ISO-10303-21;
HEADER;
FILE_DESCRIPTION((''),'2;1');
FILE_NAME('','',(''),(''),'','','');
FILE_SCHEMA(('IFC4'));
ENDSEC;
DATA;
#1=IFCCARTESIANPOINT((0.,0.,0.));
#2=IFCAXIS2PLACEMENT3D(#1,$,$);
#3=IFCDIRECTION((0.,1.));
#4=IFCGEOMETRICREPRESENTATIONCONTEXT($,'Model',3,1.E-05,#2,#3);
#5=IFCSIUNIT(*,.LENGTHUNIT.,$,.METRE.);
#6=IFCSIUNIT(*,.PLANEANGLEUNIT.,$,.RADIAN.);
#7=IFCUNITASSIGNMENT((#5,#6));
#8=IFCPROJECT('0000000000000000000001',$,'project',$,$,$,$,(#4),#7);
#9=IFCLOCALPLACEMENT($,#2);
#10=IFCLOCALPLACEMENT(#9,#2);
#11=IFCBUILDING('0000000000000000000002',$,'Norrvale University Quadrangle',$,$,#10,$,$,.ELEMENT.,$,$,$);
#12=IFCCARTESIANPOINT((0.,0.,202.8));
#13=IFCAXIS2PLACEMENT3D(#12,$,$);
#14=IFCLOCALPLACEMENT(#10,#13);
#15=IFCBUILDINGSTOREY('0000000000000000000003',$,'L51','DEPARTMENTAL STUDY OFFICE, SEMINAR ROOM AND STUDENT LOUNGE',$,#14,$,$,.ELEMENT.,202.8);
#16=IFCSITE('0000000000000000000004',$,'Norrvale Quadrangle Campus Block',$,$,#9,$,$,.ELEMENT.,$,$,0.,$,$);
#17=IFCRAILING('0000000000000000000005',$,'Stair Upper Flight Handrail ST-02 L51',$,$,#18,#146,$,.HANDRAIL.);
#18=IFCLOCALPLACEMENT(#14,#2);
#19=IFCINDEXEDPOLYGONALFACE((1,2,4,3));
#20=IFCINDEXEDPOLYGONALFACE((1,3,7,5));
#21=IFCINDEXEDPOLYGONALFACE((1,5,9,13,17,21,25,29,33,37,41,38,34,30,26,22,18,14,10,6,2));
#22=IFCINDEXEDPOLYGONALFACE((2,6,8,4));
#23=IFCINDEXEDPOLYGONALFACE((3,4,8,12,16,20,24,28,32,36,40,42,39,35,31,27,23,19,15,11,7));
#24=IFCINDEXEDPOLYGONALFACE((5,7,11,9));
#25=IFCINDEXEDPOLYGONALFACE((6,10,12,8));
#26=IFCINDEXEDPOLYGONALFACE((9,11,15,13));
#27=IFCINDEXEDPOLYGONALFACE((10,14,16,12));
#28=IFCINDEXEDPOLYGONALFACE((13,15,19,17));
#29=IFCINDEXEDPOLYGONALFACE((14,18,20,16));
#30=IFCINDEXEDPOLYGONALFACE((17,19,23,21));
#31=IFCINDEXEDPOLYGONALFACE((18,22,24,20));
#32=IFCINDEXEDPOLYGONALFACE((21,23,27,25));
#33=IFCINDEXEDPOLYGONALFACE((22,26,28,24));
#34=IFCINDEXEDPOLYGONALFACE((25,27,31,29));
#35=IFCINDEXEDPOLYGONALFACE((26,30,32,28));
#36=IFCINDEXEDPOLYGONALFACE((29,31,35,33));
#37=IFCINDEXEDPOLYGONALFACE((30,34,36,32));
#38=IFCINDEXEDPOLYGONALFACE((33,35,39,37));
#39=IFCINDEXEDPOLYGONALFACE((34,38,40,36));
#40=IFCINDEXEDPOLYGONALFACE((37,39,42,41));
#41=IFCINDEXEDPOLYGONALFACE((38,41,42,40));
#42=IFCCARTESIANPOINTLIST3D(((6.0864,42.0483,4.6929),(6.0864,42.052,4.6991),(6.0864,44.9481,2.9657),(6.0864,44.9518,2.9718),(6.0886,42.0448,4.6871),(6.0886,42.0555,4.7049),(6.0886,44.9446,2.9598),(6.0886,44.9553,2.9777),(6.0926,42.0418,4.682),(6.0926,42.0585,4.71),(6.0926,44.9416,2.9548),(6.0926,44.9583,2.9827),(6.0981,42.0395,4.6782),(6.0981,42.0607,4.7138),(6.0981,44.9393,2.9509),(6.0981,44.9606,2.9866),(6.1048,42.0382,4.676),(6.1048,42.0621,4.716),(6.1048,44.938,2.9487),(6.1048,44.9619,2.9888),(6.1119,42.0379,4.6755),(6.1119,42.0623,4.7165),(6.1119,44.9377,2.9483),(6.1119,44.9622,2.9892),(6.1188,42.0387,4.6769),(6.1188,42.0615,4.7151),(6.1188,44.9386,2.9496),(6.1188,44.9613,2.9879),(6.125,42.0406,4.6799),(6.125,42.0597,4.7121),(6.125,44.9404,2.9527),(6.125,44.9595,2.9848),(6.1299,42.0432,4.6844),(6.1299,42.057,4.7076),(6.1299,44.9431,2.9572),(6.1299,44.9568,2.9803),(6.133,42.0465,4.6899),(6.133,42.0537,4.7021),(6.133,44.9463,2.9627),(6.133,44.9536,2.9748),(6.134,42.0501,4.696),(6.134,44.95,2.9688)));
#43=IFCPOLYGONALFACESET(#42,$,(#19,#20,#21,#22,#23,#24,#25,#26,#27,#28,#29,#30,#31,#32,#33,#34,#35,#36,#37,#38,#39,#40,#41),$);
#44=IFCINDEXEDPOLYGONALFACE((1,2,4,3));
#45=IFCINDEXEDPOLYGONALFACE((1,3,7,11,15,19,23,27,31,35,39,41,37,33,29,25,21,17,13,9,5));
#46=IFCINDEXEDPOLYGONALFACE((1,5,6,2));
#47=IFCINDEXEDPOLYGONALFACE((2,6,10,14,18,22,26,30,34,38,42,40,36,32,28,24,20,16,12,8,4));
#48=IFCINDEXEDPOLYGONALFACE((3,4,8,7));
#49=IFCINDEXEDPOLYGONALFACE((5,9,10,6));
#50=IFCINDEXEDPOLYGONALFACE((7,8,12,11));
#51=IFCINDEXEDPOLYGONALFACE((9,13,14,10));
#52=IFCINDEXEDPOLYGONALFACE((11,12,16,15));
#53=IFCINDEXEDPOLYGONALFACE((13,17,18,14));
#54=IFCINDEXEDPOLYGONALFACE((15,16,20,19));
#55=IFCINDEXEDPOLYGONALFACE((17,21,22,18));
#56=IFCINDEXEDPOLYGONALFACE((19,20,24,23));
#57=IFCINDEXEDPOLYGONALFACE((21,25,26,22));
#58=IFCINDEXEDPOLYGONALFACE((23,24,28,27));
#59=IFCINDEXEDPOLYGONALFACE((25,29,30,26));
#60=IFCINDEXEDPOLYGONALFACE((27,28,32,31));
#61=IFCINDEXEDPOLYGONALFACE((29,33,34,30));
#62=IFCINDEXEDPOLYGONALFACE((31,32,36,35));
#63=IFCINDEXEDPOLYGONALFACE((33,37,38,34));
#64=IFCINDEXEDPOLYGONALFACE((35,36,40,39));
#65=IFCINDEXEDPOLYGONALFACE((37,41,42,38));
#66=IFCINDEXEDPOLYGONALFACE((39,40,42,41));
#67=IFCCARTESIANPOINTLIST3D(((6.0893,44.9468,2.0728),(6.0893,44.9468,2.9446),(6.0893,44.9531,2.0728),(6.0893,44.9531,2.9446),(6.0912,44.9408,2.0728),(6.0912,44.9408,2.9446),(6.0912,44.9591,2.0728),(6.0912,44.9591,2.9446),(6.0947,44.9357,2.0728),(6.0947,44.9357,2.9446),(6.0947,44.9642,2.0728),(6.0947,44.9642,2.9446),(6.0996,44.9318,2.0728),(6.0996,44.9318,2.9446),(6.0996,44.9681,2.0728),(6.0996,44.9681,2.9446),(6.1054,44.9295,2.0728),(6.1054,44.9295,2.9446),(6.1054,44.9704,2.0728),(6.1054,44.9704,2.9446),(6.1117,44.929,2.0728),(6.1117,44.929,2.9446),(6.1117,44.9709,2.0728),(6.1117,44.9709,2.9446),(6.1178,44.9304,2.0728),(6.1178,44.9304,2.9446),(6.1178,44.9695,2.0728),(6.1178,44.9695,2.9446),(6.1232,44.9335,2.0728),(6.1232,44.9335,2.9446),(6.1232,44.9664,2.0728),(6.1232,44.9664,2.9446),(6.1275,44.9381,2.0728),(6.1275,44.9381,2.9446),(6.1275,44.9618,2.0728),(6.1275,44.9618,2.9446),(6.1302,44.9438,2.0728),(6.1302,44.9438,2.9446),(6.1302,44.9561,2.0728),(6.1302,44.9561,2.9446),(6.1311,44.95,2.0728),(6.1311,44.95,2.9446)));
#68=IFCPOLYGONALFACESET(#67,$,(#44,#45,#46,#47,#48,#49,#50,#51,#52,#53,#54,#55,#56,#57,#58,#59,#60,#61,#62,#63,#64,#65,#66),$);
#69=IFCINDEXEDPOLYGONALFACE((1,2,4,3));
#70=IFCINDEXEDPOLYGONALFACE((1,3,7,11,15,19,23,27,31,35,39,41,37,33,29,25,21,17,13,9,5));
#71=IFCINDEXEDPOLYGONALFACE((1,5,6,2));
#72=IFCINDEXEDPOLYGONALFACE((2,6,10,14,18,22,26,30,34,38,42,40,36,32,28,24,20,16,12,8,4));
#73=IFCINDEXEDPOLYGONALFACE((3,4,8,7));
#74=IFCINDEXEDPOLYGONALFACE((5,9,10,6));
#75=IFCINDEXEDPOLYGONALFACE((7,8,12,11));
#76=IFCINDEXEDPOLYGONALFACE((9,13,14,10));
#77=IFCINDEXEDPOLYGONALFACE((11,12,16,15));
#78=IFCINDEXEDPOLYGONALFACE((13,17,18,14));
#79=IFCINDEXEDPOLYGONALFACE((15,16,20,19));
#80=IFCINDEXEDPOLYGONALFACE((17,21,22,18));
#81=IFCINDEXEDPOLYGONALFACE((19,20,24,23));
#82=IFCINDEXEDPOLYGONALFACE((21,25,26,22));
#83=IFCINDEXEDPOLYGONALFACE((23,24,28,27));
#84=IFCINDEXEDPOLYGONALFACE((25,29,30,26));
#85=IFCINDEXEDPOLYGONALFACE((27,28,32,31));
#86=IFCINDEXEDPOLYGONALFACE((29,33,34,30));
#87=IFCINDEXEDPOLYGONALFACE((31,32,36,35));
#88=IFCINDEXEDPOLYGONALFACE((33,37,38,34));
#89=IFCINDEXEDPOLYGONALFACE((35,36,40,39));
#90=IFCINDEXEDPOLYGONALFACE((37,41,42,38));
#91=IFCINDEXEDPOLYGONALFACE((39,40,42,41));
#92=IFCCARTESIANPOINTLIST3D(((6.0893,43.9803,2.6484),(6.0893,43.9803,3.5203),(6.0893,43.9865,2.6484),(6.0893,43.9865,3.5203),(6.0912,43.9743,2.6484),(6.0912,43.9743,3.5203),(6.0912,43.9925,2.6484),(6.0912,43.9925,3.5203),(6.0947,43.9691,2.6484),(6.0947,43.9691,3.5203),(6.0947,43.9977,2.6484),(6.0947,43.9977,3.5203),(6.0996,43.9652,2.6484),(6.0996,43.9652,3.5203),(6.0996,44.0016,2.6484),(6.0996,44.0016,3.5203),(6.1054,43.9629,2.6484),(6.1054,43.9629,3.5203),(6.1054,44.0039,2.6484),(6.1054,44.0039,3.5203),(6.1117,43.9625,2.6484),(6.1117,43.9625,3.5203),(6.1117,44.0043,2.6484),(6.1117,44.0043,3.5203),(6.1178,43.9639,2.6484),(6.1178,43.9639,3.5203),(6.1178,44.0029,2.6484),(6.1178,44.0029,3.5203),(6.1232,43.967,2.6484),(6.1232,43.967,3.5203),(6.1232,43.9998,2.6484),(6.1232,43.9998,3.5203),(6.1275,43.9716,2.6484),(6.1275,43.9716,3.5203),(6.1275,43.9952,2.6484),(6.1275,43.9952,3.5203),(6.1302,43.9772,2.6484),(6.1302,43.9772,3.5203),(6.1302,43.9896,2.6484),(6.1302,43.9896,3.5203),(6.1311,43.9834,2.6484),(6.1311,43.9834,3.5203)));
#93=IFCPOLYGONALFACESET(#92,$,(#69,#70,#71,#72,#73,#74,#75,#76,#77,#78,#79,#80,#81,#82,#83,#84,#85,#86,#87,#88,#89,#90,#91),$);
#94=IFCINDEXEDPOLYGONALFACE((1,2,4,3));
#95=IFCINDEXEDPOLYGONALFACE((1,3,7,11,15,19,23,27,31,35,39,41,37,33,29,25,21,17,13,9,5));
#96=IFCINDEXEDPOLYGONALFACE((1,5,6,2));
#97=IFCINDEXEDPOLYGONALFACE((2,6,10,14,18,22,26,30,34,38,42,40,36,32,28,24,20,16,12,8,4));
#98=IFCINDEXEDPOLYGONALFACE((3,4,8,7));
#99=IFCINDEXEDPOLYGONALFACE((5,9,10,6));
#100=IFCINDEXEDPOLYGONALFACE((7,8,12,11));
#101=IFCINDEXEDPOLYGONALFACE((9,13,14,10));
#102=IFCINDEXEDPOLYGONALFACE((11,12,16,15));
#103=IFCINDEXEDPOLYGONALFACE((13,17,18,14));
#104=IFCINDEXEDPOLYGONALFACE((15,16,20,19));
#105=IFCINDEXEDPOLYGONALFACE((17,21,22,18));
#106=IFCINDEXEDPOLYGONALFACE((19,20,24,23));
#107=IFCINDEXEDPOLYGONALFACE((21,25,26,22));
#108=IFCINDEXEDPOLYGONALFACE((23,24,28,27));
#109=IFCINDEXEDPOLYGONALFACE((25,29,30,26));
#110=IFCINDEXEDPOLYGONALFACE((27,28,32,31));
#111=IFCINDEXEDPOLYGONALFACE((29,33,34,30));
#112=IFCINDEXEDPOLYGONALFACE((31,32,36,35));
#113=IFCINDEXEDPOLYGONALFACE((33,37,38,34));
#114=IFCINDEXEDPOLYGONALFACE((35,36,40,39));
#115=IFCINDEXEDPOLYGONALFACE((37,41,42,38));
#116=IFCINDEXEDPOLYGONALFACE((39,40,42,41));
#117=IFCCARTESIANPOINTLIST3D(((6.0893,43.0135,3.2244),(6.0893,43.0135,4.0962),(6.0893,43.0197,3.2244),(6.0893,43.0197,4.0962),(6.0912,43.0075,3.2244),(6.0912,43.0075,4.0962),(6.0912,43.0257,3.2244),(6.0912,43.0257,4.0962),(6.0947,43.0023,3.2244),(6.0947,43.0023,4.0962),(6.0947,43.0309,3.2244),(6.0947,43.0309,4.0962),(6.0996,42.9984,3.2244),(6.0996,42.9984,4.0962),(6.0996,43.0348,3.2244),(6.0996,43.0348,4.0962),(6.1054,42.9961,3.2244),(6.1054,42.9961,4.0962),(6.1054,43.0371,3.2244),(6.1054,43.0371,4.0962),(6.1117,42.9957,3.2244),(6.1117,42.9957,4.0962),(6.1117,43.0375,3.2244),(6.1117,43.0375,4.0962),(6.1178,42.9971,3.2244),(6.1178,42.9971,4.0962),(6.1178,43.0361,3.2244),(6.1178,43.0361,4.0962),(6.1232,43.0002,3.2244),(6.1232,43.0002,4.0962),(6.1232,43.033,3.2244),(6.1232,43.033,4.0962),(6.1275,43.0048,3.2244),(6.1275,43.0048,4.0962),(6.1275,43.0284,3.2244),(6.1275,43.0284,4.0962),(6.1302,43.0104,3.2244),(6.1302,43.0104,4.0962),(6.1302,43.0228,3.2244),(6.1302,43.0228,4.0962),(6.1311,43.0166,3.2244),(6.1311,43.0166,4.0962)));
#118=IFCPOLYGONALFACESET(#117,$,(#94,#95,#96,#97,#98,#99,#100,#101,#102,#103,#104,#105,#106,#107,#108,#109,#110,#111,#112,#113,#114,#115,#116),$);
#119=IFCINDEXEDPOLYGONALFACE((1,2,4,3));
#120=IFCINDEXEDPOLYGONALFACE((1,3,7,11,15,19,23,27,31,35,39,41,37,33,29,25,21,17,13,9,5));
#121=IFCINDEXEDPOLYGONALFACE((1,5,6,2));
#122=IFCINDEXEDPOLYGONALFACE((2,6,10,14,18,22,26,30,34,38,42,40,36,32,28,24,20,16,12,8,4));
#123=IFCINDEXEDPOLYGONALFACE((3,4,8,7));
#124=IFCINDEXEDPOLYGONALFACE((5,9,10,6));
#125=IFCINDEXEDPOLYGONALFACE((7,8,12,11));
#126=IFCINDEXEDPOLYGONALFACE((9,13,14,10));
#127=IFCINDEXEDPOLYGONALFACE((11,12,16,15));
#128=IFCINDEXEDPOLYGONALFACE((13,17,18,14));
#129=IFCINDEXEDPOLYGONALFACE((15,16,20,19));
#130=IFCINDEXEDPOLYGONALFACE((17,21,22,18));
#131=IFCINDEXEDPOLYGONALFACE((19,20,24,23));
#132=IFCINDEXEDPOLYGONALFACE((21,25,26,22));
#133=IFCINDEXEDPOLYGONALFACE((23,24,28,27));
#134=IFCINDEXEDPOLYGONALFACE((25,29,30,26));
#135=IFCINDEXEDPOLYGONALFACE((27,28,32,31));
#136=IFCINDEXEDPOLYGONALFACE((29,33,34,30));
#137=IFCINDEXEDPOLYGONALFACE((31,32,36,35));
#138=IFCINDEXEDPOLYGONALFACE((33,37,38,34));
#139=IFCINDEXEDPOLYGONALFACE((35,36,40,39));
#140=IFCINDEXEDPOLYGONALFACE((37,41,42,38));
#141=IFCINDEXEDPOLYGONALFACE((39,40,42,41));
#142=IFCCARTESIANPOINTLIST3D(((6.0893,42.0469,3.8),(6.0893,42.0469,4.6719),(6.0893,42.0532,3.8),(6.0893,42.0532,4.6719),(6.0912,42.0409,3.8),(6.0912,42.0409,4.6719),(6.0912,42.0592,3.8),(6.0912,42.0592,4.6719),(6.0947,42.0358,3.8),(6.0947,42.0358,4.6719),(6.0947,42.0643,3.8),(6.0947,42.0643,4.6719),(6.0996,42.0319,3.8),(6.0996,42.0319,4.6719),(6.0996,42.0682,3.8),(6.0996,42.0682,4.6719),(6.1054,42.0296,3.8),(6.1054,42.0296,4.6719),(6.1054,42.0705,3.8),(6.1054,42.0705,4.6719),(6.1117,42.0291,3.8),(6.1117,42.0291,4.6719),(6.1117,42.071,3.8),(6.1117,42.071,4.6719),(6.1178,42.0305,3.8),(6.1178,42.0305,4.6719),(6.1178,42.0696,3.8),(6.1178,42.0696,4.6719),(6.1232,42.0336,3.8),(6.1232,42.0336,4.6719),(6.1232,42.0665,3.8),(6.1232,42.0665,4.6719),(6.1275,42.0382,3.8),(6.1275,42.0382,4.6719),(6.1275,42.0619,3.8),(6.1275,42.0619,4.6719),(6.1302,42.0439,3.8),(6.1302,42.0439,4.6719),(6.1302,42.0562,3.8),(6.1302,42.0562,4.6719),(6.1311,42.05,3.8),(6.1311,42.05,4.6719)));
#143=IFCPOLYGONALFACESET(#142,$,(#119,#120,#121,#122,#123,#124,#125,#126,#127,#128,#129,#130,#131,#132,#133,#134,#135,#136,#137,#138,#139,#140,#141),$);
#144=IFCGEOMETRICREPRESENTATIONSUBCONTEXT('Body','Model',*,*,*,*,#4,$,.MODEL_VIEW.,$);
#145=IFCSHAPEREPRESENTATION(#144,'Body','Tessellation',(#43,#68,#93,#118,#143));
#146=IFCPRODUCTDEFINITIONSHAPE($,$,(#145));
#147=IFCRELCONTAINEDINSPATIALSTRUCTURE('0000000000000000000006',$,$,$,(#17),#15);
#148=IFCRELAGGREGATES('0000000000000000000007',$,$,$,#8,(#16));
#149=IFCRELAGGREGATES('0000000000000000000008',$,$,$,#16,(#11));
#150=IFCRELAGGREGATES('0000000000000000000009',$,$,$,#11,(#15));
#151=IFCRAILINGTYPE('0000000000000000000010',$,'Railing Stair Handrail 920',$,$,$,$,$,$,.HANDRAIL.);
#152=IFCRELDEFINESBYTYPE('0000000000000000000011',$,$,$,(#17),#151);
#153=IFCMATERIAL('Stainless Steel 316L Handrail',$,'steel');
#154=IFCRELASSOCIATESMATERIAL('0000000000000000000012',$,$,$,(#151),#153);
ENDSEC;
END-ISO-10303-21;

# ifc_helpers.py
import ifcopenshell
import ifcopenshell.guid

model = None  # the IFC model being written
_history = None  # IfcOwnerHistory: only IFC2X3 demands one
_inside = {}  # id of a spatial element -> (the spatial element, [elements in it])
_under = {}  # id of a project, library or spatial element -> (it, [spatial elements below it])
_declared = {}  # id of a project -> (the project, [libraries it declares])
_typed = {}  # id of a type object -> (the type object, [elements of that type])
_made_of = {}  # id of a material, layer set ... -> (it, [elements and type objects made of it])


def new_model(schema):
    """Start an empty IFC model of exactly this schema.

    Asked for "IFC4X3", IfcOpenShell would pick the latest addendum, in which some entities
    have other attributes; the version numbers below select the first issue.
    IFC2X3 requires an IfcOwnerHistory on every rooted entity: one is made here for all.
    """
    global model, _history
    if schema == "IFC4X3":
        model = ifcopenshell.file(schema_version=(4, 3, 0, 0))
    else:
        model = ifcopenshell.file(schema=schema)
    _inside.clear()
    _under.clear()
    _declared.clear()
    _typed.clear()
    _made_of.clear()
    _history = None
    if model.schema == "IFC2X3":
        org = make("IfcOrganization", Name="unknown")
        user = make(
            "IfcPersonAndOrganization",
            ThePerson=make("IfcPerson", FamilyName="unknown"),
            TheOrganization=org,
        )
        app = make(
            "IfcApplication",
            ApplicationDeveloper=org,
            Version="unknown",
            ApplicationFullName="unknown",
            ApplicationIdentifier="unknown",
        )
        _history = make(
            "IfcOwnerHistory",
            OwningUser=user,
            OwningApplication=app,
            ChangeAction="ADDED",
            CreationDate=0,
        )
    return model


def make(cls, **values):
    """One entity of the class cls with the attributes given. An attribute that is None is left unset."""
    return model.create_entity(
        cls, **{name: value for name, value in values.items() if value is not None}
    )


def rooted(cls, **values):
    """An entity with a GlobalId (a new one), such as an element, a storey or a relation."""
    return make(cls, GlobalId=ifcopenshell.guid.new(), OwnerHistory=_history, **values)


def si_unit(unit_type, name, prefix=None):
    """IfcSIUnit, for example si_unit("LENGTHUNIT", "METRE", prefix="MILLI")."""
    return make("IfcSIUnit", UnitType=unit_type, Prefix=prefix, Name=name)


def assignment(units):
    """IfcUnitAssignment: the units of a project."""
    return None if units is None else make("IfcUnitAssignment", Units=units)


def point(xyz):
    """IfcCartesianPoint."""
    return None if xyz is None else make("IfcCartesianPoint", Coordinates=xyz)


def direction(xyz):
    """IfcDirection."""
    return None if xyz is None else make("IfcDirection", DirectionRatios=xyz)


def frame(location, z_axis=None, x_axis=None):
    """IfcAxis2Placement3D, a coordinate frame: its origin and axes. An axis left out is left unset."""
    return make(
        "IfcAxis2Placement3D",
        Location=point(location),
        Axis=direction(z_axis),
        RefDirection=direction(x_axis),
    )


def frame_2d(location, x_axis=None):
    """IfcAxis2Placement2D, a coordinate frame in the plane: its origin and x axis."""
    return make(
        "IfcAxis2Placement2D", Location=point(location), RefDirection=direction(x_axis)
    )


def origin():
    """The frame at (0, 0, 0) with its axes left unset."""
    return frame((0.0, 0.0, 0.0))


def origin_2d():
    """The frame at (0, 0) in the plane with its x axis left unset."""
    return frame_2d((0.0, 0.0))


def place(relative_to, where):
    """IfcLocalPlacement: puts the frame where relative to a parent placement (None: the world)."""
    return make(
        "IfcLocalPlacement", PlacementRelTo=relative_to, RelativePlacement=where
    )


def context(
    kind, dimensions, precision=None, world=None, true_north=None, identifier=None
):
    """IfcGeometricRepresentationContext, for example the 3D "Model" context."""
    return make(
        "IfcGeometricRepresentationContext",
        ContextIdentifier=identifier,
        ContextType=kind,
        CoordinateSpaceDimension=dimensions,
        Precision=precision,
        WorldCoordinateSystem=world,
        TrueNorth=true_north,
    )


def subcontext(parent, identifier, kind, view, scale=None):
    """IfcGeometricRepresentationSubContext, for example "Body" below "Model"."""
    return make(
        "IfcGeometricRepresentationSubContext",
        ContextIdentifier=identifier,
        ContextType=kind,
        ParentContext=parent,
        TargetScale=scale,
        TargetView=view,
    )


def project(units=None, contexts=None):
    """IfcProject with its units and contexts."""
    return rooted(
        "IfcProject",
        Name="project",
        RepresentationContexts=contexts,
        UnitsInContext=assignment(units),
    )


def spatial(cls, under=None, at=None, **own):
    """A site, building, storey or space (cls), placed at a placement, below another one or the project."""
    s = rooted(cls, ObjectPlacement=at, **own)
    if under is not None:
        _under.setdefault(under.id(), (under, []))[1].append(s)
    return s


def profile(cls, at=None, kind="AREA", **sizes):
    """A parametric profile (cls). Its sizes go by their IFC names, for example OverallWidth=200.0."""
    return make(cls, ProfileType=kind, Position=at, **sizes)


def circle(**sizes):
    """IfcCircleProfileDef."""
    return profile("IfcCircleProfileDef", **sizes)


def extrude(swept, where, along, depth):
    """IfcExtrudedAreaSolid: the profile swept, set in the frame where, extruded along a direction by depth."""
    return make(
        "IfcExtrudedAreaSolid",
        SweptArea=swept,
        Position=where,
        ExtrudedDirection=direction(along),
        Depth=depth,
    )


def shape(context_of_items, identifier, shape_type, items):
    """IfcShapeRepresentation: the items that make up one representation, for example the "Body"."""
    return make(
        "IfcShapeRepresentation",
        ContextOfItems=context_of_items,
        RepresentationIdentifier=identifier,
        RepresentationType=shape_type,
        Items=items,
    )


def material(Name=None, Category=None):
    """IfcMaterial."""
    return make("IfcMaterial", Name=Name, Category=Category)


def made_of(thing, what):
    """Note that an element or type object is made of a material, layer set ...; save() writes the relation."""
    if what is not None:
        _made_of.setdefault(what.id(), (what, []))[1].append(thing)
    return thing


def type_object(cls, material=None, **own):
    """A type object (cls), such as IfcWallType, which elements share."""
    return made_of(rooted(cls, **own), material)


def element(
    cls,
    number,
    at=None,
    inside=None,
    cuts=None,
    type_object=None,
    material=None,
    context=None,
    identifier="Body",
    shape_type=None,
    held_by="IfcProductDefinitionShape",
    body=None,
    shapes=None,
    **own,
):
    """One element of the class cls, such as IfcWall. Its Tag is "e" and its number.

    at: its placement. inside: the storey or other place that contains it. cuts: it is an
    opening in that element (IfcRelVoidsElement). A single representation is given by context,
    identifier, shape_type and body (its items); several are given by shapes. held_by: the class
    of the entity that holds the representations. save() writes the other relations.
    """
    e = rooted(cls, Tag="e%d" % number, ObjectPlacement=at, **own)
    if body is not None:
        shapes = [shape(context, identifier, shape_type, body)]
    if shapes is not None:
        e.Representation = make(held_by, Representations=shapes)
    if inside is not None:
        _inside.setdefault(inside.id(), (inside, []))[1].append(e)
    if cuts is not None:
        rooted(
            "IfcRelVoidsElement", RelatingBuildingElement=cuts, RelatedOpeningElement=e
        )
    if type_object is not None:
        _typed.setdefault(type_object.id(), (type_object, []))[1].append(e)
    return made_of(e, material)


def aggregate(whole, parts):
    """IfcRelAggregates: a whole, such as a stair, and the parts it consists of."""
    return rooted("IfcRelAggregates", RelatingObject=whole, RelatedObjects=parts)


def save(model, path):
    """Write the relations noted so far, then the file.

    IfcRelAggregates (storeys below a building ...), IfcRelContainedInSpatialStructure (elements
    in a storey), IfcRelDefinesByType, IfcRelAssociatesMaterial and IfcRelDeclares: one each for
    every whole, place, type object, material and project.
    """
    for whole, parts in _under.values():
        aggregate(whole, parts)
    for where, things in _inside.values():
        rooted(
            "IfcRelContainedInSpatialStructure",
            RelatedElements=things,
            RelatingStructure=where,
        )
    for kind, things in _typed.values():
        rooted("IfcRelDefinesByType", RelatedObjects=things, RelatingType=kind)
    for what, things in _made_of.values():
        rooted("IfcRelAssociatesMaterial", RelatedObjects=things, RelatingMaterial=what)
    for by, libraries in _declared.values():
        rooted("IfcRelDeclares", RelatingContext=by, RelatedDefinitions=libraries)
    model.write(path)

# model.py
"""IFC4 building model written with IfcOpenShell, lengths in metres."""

from ifc_helpers import new_model, si_unit, direction, frame, origin, origin_2d, place, context, subcontext, project, spatial, circle, extrude, material, type_object, element, save


model = new_model("IFC4")

# Units and contexts
model_context = context("Model", 3, precision=1e-05, world=origin(), true_north=direction((0.0, 1.0)))
body_context = subcontext(model_context, "Body", "Model", "MODEL_VIEW")
ifc_project = project(units=[si_unit("LENGTHUNIT", "METRE"), si_unit("PLANEANGLEUNIT", "RADIAN")], contexts=[model_context])

# Site, building, storey
site_placement = place(None, origin())
site = spatial("IfcSite", under=ifc_project, at=site_placement, Name="Norrvale Quadrangle Campus Block", CompositionType="ELEMENT", RefElevation=0.0)
building_placement = place(site_placement, origin())
building = spatial("IfcBuilding", under=site, at=building_placement, Name="Norrvale University Quadrangle", CompositionType="ELEMENT")
storey_placement = place(building_placement, frame((0.0, 0.0, 202.8)))
storey = spatial("IfcBuildingStorey", under=building, at=storey_placement, Name="L51", Description="DEPARTMENTAL STUDY OFFICE, SEMINAR ROOM AND STUDENT LOUNGE", CompositionType="ELEMENT", Elevation=202.8)

# Railing
ifc_material_1 = material(Name="Stainless Steel 316L Handrail", Category="steel")
railing_type_1 = type_object("IfcRailingType", Name="Railing Stair Handrail 920", PredefinedType="HANDRAIL", material=ifc_material_1)
railing_1_placement = place(storey_placement, frame((6.1101, 44.95, 2.0728)))
element("IfcRailing", 1, at=railing_1_placement, inside=storey, type_object=railing_type_1, Name="Stair Upper Flight Handrail ST-02 L51", PredefinedType="HANDRAIL", context=body_context, shape_type="SweptSolid", body=[
    extrude(circle(Radius=0.0239, at=origin_2d()), frame((0.0, 0.0, 0.896), z_axis=(0.0, -0.859141, 0.511738), x_axis=(1.0, 0.0, 0.0)), (0.0, 0.0, 1.0), 3.3752),
    extrude(circle(Radius=0.021, at=origin_2d()), origin(), (0.0, 0.0, 1.0), 0.8718),
    extrude(circle(Radius=0.021, at=origin_2d()), frame((0.0, -0.9666, 0.5757)), (0.0, 0.0, 1.0), 0.8718),
    extrude(circle(Radius=0.021, at=origin_2d()), frame((0.0, -1.9333, 1.1516)), (0.0, 0.0, 1.0), 0.8718),
    extrude(circle(Radius=0.021, at=origin_2d()), frame((0.0, -2.8999, 1.7273)), (0.0, 0.0, 1.0), 0.8718),
])

save(model, "model.ifc")
